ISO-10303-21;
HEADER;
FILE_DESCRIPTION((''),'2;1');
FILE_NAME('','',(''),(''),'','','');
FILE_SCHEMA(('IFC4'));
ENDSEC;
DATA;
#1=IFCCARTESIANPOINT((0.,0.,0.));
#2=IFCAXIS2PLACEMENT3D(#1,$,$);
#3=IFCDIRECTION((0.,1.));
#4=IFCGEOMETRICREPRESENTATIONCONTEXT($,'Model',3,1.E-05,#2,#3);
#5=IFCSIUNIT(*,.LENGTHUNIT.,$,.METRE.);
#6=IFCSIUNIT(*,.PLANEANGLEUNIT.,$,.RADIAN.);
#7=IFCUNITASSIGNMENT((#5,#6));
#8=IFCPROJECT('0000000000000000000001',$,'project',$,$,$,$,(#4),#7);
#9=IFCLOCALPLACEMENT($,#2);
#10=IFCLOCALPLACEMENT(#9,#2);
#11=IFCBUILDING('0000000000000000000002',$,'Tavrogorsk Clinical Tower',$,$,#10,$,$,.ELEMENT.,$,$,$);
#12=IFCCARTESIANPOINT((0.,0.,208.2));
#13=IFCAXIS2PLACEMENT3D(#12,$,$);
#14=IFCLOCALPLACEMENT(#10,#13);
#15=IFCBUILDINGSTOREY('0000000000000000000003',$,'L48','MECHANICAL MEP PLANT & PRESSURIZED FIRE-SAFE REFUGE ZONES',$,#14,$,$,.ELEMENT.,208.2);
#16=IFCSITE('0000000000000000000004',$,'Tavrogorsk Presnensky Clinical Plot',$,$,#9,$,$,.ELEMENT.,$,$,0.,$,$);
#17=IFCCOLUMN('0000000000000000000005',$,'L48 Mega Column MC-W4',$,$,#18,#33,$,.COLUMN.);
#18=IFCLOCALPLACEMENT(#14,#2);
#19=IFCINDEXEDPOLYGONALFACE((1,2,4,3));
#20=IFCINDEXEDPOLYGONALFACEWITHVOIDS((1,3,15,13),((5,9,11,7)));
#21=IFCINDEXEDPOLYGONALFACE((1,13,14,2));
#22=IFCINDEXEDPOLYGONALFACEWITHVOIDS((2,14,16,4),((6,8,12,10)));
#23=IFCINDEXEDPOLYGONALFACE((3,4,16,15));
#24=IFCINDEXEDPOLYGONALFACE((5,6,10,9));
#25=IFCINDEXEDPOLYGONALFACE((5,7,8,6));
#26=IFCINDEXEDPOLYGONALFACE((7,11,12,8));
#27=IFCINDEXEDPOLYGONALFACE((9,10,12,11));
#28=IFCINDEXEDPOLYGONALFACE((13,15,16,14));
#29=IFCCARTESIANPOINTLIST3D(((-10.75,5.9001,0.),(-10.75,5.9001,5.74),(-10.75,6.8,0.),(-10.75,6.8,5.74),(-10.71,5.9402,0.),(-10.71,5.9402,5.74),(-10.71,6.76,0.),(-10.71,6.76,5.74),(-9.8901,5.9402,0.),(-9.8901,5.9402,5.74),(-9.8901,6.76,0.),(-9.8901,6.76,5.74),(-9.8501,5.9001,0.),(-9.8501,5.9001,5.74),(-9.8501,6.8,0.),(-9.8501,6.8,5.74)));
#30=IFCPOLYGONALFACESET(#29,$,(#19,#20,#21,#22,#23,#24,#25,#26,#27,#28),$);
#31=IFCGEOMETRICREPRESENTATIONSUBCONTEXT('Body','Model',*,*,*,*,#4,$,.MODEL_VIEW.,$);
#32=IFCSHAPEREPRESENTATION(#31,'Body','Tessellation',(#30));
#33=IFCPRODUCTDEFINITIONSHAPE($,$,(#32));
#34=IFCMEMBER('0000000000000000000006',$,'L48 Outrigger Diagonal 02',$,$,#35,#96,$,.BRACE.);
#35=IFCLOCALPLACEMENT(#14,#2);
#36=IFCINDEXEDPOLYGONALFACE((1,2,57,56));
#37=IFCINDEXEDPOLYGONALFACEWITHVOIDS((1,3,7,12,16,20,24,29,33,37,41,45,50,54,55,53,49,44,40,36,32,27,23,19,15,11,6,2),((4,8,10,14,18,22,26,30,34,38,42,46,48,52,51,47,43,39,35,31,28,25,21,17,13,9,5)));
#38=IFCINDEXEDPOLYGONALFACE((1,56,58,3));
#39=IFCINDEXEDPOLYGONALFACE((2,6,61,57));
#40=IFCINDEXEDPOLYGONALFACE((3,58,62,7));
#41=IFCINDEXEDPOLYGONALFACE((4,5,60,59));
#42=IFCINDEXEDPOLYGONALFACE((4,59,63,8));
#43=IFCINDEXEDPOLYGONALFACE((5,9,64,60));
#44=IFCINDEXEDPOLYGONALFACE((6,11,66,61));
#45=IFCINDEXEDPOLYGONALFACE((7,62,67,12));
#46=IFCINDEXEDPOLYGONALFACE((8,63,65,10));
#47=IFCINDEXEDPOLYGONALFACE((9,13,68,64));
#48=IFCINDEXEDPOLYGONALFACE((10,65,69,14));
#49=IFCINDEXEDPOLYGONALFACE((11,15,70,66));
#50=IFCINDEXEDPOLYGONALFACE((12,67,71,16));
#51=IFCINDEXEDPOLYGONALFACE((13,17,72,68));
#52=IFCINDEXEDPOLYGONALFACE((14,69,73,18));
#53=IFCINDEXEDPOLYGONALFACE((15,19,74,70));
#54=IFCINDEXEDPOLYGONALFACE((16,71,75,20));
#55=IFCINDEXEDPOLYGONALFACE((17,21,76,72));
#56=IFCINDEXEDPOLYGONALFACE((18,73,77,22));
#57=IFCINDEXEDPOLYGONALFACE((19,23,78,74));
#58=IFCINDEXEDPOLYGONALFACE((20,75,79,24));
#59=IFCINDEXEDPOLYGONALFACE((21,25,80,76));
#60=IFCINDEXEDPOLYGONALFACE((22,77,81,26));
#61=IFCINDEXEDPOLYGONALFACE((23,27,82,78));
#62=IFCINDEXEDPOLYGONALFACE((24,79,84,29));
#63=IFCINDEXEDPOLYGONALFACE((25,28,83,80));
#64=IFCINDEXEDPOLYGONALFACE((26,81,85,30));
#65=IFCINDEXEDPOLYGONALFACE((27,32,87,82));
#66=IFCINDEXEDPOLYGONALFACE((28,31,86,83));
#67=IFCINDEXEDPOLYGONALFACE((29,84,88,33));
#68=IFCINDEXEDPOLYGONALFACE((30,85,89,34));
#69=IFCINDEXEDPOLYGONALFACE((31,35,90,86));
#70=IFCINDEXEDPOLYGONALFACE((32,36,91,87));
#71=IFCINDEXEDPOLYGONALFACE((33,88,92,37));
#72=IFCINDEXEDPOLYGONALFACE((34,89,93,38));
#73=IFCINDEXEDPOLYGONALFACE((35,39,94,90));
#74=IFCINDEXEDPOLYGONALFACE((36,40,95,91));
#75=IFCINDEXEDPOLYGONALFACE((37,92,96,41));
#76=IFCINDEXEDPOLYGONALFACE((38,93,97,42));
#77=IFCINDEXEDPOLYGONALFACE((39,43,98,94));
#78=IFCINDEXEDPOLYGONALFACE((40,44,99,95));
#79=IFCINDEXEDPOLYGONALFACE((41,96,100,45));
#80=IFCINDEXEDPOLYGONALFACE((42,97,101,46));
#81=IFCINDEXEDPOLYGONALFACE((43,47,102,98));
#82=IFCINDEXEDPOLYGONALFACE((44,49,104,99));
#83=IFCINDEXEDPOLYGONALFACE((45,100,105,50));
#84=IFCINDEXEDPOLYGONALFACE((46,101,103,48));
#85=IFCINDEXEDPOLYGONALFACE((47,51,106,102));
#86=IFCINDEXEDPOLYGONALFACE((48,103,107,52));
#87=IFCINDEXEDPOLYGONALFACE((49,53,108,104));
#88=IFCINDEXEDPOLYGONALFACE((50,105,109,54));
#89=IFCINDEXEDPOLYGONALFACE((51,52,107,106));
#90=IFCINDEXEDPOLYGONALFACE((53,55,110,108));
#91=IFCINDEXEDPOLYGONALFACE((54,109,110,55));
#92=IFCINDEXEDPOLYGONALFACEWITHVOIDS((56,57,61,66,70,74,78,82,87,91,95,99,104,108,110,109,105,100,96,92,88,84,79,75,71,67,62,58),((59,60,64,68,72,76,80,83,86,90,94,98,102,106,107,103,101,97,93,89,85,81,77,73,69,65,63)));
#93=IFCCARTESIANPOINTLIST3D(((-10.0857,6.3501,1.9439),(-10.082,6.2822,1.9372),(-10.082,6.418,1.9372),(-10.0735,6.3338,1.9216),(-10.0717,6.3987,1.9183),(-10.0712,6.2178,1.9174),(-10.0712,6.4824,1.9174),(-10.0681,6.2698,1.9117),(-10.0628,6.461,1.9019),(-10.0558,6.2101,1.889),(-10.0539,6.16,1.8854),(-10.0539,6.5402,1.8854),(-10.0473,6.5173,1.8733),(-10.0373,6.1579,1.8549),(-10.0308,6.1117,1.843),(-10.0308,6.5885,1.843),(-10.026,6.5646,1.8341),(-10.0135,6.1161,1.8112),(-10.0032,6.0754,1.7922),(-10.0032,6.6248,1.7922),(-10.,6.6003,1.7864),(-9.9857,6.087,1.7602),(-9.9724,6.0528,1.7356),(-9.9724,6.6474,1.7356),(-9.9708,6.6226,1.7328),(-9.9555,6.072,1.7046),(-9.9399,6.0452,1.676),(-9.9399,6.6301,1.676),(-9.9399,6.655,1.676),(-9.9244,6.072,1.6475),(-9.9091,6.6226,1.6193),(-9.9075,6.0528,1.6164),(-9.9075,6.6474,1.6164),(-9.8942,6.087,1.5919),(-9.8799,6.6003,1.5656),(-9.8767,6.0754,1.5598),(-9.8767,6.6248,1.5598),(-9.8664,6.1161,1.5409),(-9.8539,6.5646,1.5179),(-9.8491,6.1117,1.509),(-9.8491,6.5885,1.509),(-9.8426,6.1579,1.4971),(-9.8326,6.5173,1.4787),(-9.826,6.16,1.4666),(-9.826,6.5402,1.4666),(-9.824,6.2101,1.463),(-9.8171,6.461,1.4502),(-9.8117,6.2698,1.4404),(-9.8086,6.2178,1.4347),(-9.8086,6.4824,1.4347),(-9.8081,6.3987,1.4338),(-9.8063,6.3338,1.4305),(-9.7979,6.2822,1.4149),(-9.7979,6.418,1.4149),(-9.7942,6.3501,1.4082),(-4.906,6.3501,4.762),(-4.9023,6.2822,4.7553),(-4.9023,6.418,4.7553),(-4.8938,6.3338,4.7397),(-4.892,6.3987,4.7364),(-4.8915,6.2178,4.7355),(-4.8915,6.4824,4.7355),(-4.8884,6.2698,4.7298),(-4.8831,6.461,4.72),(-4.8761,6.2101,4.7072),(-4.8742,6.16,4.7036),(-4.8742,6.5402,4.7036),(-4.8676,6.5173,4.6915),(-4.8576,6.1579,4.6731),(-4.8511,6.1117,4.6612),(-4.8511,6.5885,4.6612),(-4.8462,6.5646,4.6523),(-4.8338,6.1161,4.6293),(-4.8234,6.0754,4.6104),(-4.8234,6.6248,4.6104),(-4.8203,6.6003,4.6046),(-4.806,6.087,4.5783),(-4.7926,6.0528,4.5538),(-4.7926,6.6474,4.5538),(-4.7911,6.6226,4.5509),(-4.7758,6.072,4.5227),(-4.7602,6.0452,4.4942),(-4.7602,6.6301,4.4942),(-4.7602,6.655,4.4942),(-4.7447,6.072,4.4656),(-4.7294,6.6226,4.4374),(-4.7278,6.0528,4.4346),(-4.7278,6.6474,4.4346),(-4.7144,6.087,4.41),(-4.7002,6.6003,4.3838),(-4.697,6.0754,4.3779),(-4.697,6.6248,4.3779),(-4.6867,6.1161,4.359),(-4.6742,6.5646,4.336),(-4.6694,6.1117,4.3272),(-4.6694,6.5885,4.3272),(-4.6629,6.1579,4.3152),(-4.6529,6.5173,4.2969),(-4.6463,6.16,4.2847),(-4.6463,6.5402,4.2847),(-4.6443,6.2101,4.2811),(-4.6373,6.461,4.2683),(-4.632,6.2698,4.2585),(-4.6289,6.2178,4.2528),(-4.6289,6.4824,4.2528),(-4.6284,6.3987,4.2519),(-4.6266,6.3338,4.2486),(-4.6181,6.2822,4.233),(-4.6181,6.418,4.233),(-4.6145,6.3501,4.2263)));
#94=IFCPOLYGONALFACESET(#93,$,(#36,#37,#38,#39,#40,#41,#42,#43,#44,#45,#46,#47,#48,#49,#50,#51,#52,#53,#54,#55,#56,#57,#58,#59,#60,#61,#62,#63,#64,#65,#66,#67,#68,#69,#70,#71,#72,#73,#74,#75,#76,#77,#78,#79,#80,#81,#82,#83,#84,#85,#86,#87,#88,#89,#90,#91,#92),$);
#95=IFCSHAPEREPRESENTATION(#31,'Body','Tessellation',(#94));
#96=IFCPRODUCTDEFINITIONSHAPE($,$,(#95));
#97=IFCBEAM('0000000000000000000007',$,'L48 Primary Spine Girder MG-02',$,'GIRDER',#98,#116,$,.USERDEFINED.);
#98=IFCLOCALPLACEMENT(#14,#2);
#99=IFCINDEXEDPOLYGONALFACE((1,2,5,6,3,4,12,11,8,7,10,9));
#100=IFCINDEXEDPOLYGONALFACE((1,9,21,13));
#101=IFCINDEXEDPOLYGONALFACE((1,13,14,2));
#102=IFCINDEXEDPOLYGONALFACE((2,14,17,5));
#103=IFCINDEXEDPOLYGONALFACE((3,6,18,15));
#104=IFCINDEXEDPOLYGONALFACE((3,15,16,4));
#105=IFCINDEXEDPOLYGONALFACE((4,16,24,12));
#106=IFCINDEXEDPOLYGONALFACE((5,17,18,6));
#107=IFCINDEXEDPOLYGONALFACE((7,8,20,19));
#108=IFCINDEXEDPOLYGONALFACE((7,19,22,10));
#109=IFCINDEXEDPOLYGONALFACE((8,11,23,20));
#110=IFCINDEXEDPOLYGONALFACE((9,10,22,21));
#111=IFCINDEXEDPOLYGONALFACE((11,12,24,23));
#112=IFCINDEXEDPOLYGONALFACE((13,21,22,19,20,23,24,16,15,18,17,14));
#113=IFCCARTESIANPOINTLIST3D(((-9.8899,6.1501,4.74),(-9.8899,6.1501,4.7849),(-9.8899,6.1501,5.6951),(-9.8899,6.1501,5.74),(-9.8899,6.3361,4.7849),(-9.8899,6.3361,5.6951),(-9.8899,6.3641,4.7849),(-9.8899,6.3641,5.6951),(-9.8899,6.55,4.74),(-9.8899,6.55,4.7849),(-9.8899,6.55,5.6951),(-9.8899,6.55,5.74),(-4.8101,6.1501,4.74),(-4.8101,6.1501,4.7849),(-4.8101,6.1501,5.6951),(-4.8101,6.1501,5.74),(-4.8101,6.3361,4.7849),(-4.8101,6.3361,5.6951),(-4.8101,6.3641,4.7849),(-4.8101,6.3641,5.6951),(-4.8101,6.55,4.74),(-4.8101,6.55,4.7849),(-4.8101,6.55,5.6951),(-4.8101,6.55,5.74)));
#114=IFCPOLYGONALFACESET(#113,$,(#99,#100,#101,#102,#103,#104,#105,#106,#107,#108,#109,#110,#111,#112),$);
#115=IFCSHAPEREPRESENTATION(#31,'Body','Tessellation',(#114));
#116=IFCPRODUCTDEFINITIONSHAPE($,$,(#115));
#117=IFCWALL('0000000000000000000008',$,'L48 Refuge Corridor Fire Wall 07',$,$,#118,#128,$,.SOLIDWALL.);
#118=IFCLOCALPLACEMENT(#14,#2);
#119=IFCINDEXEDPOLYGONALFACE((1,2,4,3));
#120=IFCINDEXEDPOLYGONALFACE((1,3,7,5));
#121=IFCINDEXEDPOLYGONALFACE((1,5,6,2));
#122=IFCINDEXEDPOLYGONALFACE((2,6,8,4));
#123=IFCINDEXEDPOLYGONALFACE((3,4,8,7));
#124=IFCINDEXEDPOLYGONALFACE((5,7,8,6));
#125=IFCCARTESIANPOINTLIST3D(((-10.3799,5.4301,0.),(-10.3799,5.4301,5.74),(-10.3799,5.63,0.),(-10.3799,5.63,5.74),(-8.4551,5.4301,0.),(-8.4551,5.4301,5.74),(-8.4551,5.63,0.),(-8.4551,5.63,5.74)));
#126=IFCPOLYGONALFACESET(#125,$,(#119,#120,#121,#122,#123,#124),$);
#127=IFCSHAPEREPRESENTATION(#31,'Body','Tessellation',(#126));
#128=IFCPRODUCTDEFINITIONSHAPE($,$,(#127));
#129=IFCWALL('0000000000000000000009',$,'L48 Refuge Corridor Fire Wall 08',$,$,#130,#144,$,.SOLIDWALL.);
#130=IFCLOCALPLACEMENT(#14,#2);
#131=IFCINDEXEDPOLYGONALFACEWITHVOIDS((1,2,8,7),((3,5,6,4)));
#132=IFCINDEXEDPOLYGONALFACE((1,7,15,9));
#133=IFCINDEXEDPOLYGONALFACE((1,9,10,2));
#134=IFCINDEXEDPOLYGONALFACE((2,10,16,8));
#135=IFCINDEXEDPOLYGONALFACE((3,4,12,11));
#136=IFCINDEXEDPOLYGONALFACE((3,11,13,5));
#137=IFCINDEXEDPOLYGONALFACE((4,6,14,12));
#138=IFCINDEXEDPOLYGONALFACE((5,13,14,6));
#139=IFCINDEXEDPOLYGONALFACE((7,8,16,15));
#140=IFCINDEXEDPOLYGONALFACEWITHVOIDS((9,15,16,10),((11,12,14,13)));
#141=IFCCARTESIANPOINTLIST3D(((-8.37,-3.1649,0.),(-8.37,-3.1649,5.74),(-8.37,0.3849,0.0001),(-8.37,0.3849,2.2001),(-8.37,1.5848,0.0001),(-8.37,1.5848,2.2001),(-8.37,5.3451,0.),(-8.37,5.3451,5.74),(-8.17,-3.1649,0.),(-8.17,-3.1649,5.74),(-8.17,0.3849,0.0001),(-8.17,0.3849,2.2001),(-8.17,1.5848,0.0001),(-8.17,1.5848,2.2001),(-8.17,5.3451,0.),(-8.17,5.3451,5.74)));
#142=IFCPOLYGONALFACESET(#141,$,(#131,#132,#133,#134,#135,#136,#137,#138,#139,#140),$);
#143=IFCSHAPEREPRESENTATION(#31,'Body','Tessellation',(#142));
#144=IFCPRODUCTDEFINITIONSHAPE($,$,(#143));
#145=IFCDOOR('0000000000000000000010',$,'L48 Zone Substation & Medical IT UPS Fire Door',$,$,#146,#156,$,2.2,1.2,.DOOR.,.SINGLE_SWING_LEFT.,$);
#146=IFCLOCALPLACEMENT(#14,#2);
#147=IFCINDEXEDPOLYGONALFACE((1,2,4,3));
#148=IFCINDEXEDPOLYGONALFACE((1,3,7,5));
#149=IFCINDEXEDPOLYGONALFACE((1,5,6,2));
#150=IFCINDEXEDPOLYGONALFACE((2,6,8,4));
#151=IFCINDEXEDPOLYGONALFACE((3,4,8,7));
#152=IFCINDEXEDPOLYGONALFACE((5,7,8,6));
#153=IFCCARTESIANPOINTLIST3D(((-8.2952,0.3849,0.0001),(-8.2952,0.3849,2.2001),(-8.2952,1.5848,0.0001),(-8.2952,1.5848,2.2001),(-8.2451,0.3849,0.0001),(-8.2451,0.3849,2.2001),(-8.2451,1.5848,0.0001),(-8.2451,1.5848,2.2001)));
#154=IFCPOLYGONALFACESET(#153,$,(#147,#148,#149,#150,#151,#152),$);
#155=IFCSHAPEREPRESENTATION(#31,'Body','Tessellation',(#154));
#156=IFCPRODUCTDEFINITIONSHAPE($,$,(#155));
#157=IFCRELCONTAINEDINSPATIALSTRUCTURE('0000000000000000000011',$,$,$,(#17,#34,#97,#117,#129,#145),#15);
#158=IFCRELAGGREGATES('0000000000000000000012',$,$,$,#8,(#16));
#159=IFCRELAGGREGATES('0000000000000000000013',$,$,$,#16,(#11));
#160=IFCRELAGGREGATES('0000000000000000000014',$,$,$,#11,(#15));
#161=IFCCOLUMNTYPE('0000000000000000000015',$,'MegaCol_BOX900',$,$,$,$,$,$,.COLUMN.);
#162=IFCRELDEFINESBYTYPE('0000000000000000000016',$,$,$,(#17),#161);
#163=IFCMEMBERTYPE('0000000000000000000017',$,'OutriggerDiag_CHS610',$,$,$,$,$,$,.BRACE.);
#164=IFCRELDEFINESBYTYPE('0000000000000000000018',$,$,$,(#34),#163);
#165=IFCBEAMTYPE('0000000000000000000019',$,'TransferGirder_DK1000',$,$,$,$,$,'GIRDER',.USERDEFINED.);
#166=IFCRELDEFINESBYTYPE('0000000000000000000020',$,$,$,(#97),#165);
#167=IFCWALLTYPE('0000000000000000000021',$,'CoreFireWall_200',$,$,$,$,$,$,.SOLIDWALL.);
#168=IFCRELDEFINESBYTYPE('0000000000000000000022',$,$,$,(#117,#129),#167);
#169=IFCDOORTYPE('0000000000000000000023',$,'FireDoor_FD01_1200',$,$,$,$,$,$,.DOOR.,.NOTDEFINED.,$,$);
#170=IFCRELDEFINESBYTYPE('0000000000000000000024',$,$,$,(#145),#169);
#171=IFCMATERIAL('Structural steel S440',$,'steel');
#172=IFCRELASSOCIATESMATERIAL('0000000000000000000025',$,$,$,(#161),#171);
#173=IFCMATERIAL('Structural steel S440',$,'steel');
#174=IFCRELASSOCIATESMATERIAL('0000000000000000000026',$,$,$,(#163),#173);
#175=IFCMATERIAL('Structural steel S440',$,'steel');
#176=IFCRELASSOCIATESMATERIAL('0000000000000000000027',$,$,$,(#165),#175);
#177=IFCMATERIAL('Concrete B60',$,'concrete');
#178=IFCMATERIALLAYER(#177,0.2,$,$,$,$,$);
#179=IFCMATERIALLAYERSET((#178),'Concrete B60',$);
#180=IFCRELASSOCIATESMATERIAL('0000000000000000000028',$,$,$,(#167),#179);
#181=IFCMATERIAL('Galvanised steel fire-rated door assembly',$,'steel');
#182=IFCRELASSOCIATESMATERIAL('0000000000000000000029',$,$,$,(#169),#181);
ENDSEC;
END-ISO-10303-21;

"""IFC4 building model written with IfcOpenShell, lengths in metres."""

from ifc_helpers import new_model, si_unit, direction, frame, frame_2d, origin, origin_2d, place, context, subcontext, project, spatial, rectangle, hollow_rectangle, hollow_circle, i_section, extrude, material, layer, layer_set, material_profile, profile_set, type_object, element, fill, save


model = new_model("IFC4")

# Units and contexts
model_context = context("Model", 3, precision=1e-05, world=origin(), true_north=direction((0.0, 1.0)))
body_context = subcontext(model_context, "Body", "Model", "MODEL_VIEW")
ifc_project = project(units=[si_unit("LENGTHUNIT", "METRE"), si_unit("PLANEANGLEUNIT", "RADIAN")], contexts=[model_context])

# Site, building, storey
site_placement = place(None, origin())
site = spatial("IfcSite", under=ifc_project, at=site_placement, Name="Tavrogorsk Presnensky Clinical Plot", CompositionType="ELEMENT", RefElevation=0.0)
building_placement = place(site_placement, origin())
building = spatial("IfcBuilding", under=site, at=building_placement, Name="Tavrogorsk Clinical Tower", CompositionType="ELEMENT")
storey_placement = place(building_placement, frame((0.0, 0.0, 208.2)))
storey = spatial("IfcBuildingStorey", under=building, at=storey_placement, Name="L48", Description="MECHANICAL MEP PLANT & PRESSURIZED FIRE-SAFE REFUGE ZONES", CompositionType="ELEMENT", Elevation=208.2)

# Column
ifc_material_1 = material(Name="Structural steel S440", Category="steel")
ifc_material_profile_1 = material_profile(ifc_material_1, hollow_rectangle(XDim=0.8999, YDim=0.8999, WallThickness=0.04, at=origin_2d()), Name="BOX-900x900x40")
ifc_profile_set_1 = profile_set([ifc_material_profile_1], Name="Structural steel S440")
column_type = type_object("IfcColumnType", Name="MegaCol_BOX900", PredefinedType="COLUMN", material=ifc_profile_set_1)
column_placement = place(storey_placement, frame((-10.3, 6.3501, 0.0), z_axis=(0.0, 0.0, 1.0), x_axis=(1.0, 0.0, 0.0)))
element("IfcColumn", 1, at=column_placement, inside=storey, type_object=column_type, Name="L48 Mega Column MC-W4", PredefinedType="COLUMN", context=body_context, shape_type="SweptSolid", body=[
    extrude(hollow_rectangle(XDim=0.8999, YDim=0.8999, WallThickness=0.04, at=origin_2d()), origin(), (0.0, 0.0, 1.0), 5.74),
])

# Member
ifc_material_2 = material(Name="Structural steel S440", Category="steel")
ifc_material_profile_2 = material_profile(ifc_material_2, hollow_circle(Radius=0.3049, WallThickness=0.0249, at=origin_2d()), Name="CHS-610x25")
ifc_profile_set_2 = profile_set([ifc_material_profile_2], Name="Structural steel S440")
member_type = type_object("IfcMemberType", Name="OutriggerDiag_CHS610", PredefinedType="BRACE", material=ifc_profile_set_2)
member_placement = place(storey_placement, frame((-9.9399, 6.3501, 1.676), z_axis=(0.878406, 0.0, 0.477915), x_axis=(0.0, 1.0, 0.0)))
element("IfcMember", 2, at=member_placement, inside=storey, type_object=member_type, Name="L48 Outrigger Diagonal 02", PredefinedType="BRACE", context=body_context, shape_type="SweptSolid", body=[
    extrude(hollow_circle(Radius=0.3049, WallThickness=0.0249, at=origin_2d()), origin(), (0.0, 0.0, 1.0), 5.8967),
])

# Beam
ifc_material_3 = material(Name="Structural steel S440", Category="steel")
ifc_material_profile_3 = material_profile(ifc_material_3, i_section(OverallWidth=0.3999, OverallDepth=1.0, WebThickness=0.0281, FlangeThickness=0.0449, at=origin_2d()), Name="DK-1000x400x28x45")
ifc_profile_set_3 = profile_set([ifc_material_profile_3], Name="Structural steel S440")
beam_type = type_object("IfcBeamType", Name="TransferGirder_DK1000", ElementType="GIRDER", PredefinedType="USERDEFINED", material=ifc_profile_set_3)
beam_placement = place(storey_placement, frame((-9.8899, 6.3501, 5.24), z_axis=(1.0, 0.0, 0.0), x_axis=(0.0, 1.0, 0.0)))
element("IfcBeam", 3, at=beam_placement, inside=storey, type_object=beam_type, Name="L48 Primary Spine Girder MG-02", ObjectType="GIRDER", PredefinedType="USERDEFINED", context=body_context, shape_type="SweptSolid", body=[
    extrude(i_section(OverallWidth=0.3999, OverallDepth=1.0, WebThickness=0.0281, FlangeThickness=0.0449, at=origin_2d()), origin(), (0.0, 0.0, 1.0), 5.0798),
])

# Wall
ifc_material_4 = material(Name="Concrete B60", Category="concrete")
ifc_layer_1 = layer(ifc_material_4, 0.2)
ifc_layer_set_1 = layer_set([ifc_layer_1], Name="Concrete B60")
wall_type_1 = type_object("IfcWallType", Name="CoreFireWall_200", PredefinedType="SOLIDWALL", material=ifc_layer_set_1)
wall_1_placement = place(storey_placement, frame((-10.3799, 5.53, 0.0), z_axis=(0.0, 0.0, 1.0), x_axis=(1.0, 0.0, 0.0)))
element("IfcWall", 4, at=wall_1_placement, inside=storey, type_object=wall_type_1, Name="L48 Refuge Corridor Fire Wall 07", PredefinedType="SOLIDWALL", context=body_context, shape_type="SweptSolid", body=[
    extrude(rectangle(XDim=1.9248, YDim=0.2, at=frame_2d((0.9624, 0.0))), origin(), (0.0, 0.0, 1.0), 5.74),
])

# Wall, opening, door
wall_2_placement = place(storey_placement, frame((-8.27, 5.345, 0.0), z_axis=(0.0, 0.0, 1.0), x_axis=(0.0, -1.0, 0.0)))
wall_2 = element("IfcWall", 5, at=wall_2_placement, inside=storey, type_object=wall_type_1, Name="L48 Refuge Corridor Fire Wall 08", PredefinedType="SOLIDWALL", context=body_context, shape_type="SweptSolid", body=[
    extrude(rectangle(XDim=8.51, YDim=0.2, at=frame_2d((4.2549, 0.0))), origin(), (0.0, 0.0, 1.0), 5.74),
])
opening_1_placement = place(wall_2_placement, frame((3.76, 0.0, 0.0)))
opening_1 = element("IfcOpeningElement", 6, at=opening_1_placement, cuts=wall_2, PredefinedType="OPENING", context=body_context, shape_type="SweptSolid", body=[
    extrude(rectangle(XDim=1.2, YDim=2.2, at=frame_2d((0.6001, 1.1001))), frame((0.0, 0.1099, 0.0), z_axis=(0.0, -1.0, 0.0), x_axis=(1.0, 0.0, 0.0)), (0.0, 0.0, 1.0), 0.22),
])
ifc_material_5 = material(Name="Galvanised steel fire-rated door assembly", Category="steel")
door_type_1 = type_object("IfcDoorType", Name="FireDoor_FD01_1200", OperationType="NOTDEFINED", PredefinedType="DOOR", material=ifc_material_5)
door_1_placement = place(opening_1_placement, origin())
door_1 = element("IfcDoor", 7, at=door_1_placement, inside=storey, type_object=door_type_1, Name="L48 Zone Substation & Medical IT UPS Fire Door", OperationType="SINGLE_SWING_LEFT", OverallHeight=2.2, OverallWidth=1.2, PredefinedType="DOOR", context=body_context, shape_type="SweptSolid", body=[
    extrude(rectangle(XDim=1.2, YDim=2.2, at=frame_2d((0.6001, 1.1001))), frame((0.0, 0.0249, 0.0), z_axis=(0.0, -1.0, 0.0), x_axis=(1.0, 0.0, 0.0)), (0.0, 0.0, 1.0), 0.05),
])
fill(opening_1, door_1)

save(model, "model.ifc")
